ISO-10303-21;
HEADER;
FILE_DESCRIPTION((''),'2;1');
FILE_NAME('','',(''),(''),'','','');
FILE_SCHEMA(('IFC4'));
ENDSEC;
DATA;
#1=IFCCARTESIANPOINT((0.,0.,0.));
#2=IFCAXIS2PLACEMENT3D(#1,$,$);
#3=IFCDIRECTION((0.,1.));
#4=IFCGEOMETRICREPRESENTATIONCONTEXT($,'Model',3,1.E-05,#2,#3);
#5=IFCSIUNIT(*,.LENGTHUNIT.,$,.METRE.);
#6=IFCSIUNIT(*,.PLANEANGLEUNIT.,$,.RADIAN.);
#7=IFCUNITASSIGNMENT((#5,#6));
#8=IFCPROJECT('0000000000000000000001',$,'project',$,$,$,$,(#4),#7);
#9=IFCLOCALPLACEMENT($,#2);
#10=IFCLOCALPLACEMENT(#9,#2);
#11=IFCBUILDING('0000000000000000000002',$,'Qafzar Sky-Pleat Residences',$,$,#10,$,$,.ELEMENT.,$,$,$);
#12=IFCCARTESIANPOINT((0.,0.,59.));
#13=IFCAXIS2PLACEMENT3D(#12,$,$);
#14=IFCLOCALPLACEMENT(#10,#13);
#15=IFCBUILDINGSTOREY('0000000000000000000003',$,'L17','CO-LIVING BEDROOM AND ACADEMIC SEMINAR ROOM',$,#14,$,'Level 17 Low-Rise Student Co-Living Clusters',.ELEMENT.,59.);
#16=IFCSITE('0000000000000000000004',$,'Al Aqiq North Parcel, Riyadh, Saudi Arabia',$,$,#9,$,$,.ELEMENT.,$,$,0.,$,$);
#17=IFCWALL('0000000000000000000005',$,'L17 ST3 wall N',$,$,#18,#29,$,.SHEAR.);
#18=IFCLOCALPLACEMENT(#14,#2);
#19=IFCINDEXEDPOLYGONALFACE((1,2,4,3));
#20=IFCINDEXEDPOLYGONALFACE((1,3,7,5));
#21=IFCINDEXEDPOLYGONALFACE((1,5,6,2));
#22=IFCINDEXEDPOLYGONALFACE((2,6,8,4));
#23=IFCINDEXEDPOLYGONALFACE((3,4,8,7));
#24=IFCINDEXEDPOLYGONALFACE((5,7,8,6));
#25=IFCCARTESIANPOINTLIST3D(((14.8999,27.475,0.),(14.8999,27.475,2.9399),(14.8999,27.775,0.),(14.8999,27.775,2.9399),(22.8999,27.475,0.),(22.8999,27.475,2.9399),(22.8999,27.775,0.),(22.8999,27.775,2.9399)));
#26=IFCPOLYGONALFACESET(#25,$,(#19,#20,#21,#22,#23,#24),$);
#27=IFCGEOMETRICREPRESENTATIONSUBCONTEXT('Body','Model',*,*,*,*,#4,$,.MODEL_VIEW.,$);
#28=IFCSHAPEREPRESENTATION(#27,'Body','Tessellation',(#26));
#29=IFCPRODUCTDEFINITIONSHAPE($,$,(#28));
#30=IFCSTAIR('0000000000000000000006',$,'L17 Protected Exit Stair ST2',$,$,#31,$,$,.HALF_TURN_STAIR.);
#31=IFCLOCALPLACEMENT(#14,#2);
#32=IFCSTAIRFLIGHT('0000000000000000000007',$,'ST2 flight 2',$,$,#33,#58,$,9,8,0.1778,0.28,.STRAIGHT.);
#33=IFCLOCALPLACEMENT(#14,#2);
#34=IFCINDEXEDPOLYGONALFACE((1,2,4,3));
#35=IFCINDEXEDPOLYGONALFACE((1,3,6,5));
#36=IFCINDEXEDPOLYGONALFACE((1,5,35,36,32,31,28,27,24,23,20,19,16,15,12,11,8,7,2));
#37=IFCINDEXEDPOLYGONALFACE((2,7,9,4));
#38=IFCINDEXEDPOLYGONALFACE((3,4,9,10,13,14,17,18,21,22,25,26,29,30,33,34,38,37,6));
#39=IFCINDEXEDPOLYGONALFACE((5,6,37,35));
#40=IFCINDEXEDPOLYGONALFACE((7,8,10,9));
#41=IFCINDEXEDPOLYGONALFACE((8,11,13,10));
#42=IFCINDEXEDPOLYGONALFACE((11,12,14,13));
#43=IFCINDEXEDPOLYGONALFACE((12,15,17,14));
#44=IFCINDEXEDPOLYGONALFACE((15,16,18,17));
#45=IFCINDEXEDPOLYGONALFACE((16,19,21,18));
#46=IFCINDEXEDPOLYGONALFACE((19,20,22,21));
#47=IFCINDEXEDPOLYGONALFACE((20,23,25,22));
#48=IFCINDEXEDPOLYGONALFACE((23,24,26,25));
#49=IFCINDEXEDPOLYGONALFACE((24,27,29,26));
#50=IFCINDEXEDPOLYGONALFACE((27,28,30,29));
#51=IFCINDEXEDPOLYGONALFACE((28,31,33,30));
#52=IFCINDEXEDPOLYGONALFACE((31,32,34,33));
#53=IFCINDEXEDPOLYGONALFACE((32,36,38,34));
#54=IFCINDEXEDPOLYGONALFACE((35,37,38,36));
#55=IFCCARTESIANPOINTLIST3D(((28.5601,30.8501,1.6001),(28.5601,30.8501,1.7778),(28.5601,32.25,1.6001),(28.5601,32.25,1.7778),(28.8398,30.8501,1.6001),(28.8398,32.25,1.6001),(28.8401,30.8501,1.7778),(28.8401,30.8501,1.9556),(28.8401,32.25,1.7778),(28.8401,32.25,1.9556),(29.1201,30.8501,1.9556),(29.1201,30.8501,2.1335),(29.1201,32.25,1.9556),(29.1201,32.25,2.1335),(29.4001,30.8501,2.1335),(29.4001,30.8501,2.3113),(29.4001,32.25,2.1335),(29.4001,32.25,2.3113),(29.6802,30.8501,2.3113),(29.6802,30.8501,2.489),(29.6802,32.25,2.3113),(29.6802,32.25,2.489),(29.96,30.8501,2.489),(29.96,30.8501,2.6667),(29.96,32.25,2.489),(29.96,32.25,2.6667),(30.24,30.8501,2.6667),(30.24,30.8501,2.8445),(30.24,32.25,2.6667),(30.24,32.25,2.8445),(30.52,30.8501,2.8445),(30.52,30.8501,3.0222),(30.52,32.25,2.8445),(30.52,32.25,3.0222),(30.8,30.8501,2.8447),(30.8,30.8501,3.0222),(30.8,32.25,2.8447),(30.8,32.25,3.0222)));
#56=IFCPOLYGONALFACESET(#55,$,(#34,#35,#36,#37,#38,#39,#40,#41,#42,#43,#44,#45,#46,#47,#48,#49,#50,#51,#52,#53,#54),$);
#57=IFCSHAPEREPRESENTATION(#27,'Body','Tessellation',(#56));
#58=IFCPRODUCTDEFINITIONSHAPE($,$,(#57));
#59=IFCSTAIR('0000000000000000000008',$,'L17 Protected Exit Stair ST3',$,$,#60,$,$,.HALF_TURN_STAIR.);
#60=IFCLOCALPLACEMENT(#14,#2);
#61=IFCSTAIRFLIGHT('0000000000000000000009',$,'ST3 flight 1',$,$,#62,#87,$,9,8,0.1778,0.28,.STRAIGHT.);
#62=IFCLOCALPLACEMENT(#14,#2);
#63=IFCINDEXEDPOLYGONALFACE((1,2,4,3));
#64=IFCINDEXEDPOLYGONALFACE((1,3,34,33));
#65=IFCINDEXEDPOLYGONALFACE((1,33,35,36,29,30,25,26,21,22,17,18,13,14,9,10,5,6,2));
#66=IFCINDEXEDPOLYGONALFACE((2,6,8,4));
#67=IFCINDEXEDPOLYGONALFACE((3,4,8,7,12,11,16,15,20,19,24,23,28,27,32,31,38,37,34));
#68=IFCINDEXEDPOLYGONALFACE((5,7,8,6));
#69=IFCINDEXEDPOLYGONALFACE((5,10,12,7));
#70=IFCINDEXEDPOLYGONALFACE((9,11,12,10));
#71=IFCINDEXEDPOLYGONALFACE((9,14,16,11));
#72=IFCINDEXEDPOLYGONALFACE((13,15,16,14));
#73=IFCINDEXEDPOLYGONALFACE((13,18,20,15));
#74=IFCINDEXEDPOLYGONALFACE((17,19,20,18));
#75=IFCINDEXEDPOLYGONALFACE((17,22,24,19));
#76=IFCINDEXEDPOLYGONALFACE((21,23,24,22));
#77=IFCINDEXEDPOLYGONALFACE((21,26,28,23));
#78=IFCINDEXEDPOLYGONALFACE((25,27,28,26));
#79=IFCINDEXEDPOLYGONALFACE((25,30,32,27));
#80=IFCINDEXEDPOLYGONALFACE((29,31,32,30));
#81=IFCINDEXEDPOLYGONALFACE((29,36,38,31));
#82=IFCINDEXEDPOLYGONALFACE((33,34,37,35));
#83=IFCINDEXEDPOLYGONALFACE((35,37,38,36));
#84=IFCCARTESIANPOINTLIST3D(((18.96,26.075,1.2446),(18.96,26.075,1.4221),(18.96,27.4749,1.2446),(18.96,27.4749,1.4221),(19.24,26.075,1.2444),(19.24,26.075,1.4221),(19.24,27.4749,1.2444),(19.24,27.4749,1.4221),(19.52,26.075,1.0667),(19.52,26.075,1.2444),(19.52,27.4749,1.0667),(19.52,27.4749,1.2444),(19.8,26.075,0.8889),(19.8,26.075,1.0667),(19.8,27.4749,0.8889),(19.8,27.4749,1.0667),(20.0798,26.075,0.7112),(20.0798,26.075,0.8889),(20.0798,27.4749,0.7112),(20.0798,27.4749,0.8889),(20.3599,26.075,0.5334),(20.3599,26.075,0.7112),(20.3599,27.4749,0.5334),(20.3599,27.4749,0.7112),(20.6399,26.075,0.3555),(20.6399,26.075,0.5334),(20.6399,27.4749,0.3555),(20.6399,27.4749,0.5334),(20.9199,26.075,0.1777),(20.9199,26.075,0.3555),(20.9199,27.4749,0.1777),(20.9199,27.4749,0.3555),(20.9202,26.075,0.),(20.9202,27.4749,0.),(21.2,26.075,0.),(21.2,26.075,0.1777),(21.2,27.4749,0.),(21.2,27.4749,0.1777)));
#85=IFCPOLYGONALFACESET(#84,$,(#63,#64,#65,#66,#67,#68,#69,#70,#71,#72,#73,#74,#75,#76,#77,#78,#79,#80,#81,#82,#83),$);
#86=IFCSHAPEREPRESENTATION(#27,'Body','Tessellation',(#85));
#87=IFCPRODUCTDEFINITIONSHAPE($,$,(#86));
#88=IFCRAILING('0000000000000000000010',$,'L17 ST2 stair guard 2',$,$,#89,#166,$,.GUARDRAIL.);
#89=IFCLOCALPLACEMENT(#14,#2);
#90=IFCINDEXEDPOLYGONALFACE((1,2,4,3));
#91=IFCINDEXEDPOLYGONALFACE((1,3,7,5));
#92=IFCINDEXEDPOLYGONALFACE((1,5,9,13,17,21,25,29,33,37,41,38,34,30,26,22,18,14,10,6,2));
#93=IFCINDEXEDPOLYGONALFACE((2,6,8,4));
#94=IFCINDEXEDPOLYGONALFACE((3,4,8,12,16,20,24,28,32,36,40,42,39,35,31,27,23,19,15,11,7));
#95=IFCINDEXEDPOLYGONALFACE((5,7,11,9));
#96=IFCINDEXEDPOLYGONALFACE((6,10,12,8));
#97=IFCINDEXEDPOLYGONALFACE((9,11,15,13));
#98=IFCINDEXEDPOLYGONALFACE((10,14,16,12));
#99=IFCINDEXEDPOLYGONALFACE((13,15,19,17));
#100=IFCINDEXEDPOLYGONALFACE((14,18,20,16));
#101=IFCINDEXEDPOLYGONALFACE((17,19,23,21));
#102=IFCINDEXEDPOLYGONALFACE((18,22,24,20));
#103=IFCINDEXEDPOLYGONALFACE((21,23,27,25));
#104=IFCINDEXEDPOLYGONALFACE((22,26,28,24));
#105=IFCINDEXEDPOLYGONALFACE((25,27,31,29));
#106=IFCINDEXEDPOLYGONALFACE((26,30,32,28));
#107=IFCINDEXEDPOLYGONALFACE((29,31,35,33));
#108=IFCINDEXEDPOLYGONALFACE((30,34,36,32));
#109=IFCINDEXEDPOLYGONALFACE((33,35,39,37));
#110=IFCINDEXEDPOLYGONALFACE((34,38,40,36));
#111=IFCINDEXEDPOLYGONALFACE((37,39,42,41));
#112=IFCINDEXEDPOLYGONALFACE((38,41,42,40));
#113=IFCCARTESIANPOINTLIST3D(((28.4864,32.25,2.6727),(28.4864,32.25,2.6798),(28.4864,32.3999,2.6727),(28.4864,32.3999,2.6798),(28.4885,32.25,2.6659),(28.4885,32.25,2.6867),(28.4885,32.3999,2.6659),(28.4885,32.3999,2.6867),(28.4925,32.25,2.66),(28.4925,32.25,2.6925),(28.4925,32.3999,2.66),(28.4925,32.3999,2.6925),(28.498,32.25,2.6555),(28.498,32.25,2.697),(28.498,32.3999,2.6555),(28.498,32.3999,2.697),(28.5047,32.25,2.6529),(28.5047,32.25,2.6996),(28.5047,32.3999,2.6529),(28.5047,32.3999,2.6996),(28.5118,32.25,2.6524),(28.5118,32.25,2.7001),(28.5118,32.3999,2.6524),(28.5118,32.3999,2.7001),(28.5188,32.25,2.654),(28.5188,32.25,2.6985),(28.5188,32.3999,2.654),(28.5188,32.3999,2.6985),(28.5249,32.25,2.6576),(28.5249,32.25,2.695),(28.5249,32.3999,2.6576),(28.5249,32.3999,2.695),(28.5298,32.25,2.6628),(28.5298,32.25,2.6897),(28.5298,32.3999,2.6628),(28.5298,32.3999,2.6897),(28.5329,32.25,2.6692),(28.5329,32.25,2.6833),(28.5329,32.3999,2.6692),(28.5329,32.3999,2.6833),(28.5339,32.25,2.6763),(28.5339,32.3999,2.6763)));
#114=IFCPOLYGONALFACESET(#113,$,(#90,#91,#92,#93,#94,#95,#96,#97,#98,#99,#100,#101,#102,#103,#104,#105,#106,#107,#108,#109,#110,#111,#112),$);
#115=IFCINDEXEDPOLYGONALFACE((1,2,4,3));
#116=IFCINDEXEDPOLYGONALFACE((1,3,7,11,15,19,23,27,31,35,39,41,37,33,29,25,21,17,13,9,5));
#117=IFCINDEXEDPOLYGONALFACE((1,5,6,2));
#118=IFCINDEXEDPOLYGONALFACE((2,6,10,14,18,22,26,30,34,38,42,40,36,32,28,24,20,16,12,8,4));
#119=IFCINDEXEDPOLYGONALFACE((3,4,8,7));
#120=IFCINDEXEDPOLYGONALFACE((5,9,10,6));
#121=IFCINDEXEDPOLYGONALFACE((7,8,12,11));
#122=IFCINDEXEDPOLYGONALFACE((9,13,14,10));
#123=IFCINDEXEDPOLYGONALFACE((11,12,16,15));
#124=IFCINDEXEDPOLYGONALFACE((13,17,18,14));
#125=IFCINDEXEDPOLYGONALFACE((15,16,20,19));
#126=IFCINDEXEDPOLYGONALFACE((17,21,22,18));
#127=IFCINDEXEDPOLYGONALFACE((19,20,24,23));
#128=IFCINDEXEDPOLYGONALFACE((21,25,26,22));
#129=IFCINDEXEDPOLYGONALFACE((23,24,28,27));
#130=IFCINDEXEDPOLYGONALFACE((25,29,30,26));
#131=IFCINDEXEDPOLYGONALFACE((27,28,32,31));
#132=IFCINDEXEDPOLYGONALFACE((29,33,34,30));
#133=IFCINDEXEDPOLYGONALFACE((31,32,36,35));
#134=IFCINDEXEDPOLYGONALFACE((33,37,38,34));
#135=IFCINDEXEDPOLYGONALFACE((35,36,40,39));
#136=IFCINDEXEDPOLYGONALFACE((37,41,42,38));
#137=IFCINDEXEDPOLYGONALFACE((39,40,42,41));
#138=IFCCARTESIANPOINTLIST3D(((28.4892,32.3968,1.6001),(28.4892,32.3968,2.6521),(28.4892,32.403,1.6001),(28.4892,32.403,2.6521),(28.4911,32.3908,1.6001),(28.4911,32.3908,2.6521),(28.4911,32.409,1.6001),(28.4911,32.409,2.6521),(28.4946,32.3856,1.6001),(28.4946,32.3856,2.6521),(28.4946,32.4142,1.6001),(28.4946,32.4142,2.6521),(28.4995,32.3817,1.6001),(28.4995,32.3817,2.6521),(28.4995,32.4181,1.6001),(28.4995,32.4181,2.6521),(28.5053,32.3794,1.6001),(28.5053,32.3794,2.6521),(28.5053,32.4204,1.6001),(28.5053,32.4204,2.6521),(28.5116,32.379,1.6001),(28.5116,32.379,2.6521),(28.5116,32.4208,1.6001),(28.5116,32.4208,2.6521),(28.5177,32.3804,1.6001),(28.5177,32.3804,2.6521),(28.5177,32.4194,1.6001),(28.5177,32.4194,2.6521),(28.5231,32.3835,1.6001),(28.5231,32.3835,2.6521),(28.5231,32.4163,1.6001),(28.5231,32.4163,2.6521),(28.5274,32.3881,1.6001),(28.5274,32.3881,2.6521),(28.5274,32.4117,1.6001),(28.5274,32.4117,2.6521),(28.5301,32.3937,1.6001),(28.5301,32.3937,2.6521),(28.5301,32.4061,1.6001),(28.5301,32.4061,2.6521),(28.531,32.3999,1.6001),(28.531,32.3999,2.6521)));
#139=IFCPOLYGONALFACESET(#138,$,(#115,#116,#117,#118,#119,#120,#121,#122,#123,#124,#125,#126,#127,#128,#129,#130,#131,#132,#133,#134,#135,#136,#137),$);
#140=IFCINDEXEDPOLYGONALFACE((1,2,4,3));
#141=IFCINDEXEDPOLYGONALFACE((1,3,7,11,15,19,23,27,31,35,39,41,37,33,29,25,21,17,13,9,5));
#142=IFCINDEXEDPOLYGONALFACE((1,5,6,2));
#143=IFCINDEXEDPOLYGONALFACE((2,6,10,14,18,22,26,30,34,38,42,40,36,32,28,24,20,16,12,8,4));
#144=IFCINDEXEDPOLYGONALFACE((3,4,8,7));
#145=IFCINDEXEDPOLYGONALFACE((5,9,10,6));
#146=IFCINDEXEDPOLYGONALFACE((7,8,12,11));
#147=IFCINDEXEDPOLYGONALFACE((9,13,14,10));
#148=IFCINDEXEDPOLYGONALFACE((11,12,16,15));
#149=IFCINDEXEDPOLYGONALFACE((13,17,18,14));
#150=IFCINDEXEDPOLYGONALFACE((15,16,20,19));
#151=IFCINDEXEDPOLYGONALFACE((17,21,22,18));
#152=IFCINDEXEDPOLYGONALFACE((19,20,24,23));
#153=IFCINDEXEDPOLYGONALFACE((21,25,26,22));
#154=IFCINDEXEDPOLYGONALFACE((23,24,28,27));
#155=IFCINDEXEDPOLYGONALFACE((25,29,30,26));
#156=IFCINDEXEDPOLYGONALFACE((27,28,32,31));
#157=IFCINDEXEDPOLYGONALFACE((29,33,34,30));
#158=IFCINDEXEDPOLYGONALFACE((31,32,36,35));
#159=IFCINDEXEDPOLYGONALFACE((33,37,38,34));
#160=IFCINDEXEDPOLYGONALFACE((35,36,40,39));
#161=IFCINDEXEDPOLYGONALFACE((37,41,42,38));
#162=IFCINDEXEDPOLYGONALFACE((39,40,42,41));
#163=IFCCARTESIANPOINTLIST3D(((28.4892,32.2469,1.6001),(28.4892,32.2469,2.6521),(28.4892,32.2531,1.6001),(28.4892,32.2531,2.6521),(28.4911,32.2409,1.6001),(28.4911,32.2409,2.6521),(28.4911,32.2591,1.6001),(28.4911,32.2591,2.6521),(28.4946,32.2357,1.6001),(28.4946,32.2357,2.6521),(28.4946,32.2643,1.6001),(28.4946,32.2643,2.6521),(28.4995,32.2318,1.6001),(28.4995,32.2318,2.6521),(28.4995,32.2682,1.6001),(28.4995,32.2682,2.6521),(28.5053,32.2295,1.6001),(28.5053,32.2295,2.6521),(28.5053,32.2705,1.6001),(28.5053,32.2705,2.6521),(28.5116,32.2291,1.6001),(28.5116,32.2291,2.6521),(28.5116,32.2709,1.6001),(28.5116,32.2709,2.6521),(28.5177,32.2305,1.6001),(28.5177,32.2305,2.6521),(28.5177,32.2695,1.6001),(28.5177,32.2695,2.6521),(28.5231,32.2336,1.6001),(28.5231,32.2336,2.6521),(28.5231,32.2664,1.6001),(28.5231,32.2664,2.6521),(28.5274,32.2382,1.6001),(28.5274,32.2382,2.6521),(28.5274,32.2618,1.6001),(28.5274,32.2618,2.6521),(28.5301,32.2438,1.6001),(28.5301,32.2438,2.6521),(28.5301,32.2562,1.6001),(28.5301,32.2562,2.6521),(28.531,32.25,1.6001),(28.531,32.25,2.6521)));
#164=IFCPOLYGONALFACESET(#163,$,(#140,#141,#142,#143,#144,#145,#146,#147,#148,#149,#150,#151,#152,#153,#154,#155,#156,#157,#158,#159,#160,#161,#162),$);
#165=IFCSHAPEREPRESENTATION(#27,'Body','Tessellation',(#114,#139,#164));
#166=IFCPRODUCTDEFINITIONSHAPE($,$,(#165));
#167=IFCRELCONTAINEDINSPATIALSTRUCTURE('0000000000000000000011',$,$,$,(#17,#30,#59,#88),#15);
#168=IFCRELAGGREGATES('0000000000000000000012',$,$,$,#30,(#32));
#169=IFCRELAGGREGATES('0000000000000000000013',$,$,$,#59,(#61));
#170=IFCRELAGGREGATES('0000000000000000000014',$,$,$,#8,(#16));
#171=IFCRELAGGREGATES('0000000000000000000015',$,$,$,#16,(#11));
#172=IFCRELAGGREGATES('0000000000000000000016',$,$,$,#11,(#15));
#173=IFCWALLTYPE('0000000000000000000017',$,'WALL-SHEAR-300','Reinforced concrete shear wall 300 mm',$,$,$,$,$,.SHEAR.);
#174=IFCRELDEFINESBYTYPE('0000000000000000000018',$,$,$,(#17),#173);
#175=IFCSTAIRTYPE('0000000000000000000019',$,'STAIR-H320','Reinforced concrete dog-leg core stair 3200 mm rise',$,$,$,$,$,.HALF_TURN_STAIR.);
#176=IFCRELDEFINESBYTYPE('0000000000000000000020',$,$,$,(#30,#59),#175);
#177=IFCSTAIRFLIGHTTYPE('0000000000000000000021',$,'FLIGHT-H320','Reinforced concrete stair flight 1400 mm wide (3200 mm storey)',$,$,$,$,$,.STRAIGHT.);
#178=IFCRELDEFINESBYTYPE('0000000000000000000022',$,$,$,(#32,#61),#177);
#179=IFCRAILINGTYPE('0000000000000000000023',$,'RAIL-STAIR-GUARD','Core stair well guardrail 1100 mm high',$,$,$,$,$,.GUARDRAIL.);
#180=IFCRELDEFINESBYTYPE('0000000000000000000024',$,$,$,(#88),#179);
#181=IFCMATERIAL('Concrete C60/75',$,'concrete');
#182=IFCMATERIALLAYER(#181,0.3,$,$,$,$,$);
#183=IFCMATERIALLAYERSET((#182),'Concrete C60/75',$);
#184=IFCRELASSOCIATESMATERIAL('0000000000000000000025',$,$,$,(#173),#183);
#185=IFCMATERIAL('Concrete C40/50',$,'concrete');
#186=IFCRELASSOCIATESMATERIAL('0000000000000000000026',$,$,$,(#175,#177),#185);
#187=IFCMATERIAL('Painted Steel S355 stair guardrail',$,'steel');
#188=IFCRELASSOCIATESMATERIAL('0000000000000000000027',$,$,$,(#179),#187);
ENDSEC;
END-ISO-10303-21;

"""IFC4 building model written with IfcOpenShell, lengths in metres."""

from ifc_helpers import new_model, si_unit, direction, frame, frame_2d, origin, origin_2d, place, context, subcontext, project, spatial, polyline, rectangle, circle, outline, extrude, source, transform, mapped, material, layer, layer_set, type_object, element, aggregate, save


model = new_model("IFC4")

# Units and contexts
model_context = context("Model", 3, precision=1e-05, world=origin(), true_north=direction((0.0, 1.0)))
body_context = subcontext(model_context, "Body", "Model", "MODEL_VIEW")
ifc_project = project(units=[si_unit("LENGTHUNIT", "METRE"), si_unit("PLANEANGLEUNIT", "RADIAN")], contexts=[model_context])

# Site, building, storey
site_placement = place(None, origin())
site = spatial("IfcSite", under=ifc_project, at=site_placement, Name="Al Aqiq North Parcel, Riyadh, Saudi Arabia", CompositionType="ELEMENT", RefElevation=0.0)
building_placement = place(site_placement, origin())
building = spatial("IfcBuilding", under=site, at=building_placement, Name="Qafzar Sky-Pleat Residences", CompositionType="ELEMENT")
storey_placement = place(building_placement, frame((0.0, 0.0, 59.0)))
storey = spatial("IfcBuildingStorey", under=building, at=storey_placement, Name="L17", Description="CO-LIVING BEDROOM AND ACADEMIC SEMINAR ROOM", LongName="Level 17 Low-Rise Student Co-Living Clusters", CompositionType="ELEMENT", Elevation=59.0)

# Shared definitions
ifc_material_1 = material(Name="Concrete C60/75", Category="concrete")
ifc_layer_1 = layer(ifc_material_1, 0.3)
ifc_layer_set_1 = layer_set([ifc_layer_1], Name="Concrete C60/75")
wall_type_1 = type_object("IfcWallType", Name="WALL-SHEAR-300", Description="Reinforced concrete shear wall 300 mm", PredefinedType="SHEAR", material=ifc_layer_set_1)

# Wall
wall_1_placement = place(storey_placement, frame((22.8999, 27.625, 0.0), z_axis=(0.0, 0.0, 1.0), x_axis=(-1.0, 0.0, 0.0)))
element("IfcWall", 1, at=wall_1_placement, inside=storey, type_object=wall_type_1, Name="L17 ST3 wall N", PredefinedType="SHEAR", context=body_context, shape_type="SweptSolid", body=[
    extrude(rectangle(XDim=8.0, YDim=0.3, at=frame_2d((4.0, 0.0))), origin(), (0.0, 0.0, 1.0), 2.9399),
])

# Stairs, stair flights
ifc_material_2 = material(Name="Concrete C40/50", Category="concrete")
stair_type = type_object("IfcStairType", Name="STAIR-H320", Description="Reinforced concrete dog-leg core stair 3200 mm rise", PredefinedType="HALF_TURN_STAIR", material=ifc_material_2)
stair_1_placement = place(storey_placement, origin())
stair_1 = element("IfcStair", 2, at=stair_1_placement, inside=storey, type_object=stair_type, Name="L17 Protected Exit Stair ST2", PredefinedType="HALF_TURN_STAIR")
stair_flight_type = type_object("IfcStairFlightType", Name="FLIGHT-H320", Description="Reinforced concrete stair flight 1400 mm wide (3200 mm storey)", PredefinedType="STRAIGHT", material=ifc_material_2)
shared_shape_1 = source(origin(), body_context, "Body", "SweptSolid", [
    extrude(outline(polyline([(0.0, 0.0), (0.0, 0.1777), (0.28, 0.1777), (0.28, 0.3555), (0.5601, 0.3555), (0.5601, 0.5334), (0.8401, 0.5334), (0.8401, 0.7112), (1.1201, 0.7112), (1.1201, 0.8889), (1.3999, 0.8889), (1.3999, 1.0667), (1.6799, 1.0667), (1.6799, 1.2444), (1.96, 1.2444), (1.96, 1.4221), (2.24, 1.4221), (2.24, 1.6001), (2.24, 1.2446), (0.2798, 0.0), (0.0, 0.0)])), frame((0.0, 0.7, 0.0), z_axis=(0.0, -1.0, 0.0), x_axis=(1.0, 0.0, 0.0)), (0.0, 0.0, 1.0), 1.3999),
])
stair_flight_1_placement = place(storey_placement, frame((28.5601, 31.55, 1.6001), z_axis=(0.0, 0.0, 1.0), x_axis=(1.0, 0.0, 0.0)))
stair_flight_1 = element("IfcStairFlight", 3, at=stair_flight_1_placement, type_object=stair_flight_type, Name="ST2 flight 2", NumberOfRisers=9, NumberOfTreads=8, PredefinedType="STRAIGHT", RiserHeight=0.1778, TreadLength=0.28, context=body_context, shape_type="MappedRepresentation", body=[
    mapped(shared_shape_1, transform((0.0, 0.0, 0.0), x_axis=(1.0, 0.0, 0.0), y_axis=(0.0, 1.0, 0.0), z_axis=(0.0, 0.0, 1.0), scale=1.0)),
])
aggregate(stair_1, [stair_flight_1])
stair_2_placement = place(storey_placement, origin())
stair_2 = element("IfcStair", 4, at=stair_2_placement, inside=storey, type_object=stair_type, Name="L17 Protected Exit Stair ST3", PredefinedType="HALF_TURN_STAIR")
stair_flight_2_placement = place(storey_placement, frame((21.2, 26.7749, 0.0), z_axis=(0.0, 0.0, 1.0), x_axis=(-1.0, 0.0, 0.0)))
stair_flight_2 = element("IfcStairFlight", 5, at=stair_flight_2_placement, type_object=stair_flight_type, Name="ST3 flight 1", NumberOfRisers=9, NumberOfTreads=8, PredefinedType="STRAIGHT", RiserHeight=0.1778, TreadLength=0.28, context=body_context, shape_type="MappedRepresentation", body=[
    mapped(shared_shape_1, transform((0.0, 0.0, 0.0), x_axis=(1.0, 0.0, 0.0), y_axis=(0.0, 1.0, 0.0), z_axis=(0.0, 0.0, 1.0), scale=1.0)),
])
aggregate(stair_2, [stair_flight_2])

# Railing
ifc_material_3 = material(Name="Painted Steel S355 stair guardrail", Category="steel")
railing_type_1 = type_object("IfcRailingType", Name="RAIL-STAIR-GUARD", Description="Core stair well guardrail 1100 mm high", PredefinedType="GUARDRAIL", material=ifc_material_3)
shared_shape_2 = source(origin(), body_context, "Body", "SweptSolid", [
    extrude(circle(Radius=0.0239, at=origin_2d()), frame((0.0, 0.0, 1.0762), z_axis=(0.0, -1.0, 0.0), x_axis=(1.0, 0.0, 0.0)), (0.0, 0.0, 1.0), 0.1499),
    extrude(circle(Radius=0.021, at=origin_2d()), origin(), (0.0, 0.0, 1.0), 1.052),
    extrude(circle(Radius=0.021, at=origin_2d()), frame((0.0, -0.1499, 0.0)), (0.0, 0.0, 1.0), 1.052),
])
for number, where, name in (
    (6, (28.51, 32.3999, 1.6001), "L17 ST2 stair guard 2"),
):
    element("IfcRailing", number, at=place(storey_placement, frame(where)), inside=storey, type_object=railing_type_1, Name=name, PredefinedType="GUARDRAIL", context=body_context, shape_type="MappedRepresentation", body=[
        mapped(shared_shape_2, transform((0.0, 0.0, 0.0), x_axis=(1.0, 0.0, 0.0), y_axis=(0.0, 1.0, 0.0), z_axis=(0.0, 0.0, 1.0), scale=1.0)),
    ])

save(model, "model.ifc")
